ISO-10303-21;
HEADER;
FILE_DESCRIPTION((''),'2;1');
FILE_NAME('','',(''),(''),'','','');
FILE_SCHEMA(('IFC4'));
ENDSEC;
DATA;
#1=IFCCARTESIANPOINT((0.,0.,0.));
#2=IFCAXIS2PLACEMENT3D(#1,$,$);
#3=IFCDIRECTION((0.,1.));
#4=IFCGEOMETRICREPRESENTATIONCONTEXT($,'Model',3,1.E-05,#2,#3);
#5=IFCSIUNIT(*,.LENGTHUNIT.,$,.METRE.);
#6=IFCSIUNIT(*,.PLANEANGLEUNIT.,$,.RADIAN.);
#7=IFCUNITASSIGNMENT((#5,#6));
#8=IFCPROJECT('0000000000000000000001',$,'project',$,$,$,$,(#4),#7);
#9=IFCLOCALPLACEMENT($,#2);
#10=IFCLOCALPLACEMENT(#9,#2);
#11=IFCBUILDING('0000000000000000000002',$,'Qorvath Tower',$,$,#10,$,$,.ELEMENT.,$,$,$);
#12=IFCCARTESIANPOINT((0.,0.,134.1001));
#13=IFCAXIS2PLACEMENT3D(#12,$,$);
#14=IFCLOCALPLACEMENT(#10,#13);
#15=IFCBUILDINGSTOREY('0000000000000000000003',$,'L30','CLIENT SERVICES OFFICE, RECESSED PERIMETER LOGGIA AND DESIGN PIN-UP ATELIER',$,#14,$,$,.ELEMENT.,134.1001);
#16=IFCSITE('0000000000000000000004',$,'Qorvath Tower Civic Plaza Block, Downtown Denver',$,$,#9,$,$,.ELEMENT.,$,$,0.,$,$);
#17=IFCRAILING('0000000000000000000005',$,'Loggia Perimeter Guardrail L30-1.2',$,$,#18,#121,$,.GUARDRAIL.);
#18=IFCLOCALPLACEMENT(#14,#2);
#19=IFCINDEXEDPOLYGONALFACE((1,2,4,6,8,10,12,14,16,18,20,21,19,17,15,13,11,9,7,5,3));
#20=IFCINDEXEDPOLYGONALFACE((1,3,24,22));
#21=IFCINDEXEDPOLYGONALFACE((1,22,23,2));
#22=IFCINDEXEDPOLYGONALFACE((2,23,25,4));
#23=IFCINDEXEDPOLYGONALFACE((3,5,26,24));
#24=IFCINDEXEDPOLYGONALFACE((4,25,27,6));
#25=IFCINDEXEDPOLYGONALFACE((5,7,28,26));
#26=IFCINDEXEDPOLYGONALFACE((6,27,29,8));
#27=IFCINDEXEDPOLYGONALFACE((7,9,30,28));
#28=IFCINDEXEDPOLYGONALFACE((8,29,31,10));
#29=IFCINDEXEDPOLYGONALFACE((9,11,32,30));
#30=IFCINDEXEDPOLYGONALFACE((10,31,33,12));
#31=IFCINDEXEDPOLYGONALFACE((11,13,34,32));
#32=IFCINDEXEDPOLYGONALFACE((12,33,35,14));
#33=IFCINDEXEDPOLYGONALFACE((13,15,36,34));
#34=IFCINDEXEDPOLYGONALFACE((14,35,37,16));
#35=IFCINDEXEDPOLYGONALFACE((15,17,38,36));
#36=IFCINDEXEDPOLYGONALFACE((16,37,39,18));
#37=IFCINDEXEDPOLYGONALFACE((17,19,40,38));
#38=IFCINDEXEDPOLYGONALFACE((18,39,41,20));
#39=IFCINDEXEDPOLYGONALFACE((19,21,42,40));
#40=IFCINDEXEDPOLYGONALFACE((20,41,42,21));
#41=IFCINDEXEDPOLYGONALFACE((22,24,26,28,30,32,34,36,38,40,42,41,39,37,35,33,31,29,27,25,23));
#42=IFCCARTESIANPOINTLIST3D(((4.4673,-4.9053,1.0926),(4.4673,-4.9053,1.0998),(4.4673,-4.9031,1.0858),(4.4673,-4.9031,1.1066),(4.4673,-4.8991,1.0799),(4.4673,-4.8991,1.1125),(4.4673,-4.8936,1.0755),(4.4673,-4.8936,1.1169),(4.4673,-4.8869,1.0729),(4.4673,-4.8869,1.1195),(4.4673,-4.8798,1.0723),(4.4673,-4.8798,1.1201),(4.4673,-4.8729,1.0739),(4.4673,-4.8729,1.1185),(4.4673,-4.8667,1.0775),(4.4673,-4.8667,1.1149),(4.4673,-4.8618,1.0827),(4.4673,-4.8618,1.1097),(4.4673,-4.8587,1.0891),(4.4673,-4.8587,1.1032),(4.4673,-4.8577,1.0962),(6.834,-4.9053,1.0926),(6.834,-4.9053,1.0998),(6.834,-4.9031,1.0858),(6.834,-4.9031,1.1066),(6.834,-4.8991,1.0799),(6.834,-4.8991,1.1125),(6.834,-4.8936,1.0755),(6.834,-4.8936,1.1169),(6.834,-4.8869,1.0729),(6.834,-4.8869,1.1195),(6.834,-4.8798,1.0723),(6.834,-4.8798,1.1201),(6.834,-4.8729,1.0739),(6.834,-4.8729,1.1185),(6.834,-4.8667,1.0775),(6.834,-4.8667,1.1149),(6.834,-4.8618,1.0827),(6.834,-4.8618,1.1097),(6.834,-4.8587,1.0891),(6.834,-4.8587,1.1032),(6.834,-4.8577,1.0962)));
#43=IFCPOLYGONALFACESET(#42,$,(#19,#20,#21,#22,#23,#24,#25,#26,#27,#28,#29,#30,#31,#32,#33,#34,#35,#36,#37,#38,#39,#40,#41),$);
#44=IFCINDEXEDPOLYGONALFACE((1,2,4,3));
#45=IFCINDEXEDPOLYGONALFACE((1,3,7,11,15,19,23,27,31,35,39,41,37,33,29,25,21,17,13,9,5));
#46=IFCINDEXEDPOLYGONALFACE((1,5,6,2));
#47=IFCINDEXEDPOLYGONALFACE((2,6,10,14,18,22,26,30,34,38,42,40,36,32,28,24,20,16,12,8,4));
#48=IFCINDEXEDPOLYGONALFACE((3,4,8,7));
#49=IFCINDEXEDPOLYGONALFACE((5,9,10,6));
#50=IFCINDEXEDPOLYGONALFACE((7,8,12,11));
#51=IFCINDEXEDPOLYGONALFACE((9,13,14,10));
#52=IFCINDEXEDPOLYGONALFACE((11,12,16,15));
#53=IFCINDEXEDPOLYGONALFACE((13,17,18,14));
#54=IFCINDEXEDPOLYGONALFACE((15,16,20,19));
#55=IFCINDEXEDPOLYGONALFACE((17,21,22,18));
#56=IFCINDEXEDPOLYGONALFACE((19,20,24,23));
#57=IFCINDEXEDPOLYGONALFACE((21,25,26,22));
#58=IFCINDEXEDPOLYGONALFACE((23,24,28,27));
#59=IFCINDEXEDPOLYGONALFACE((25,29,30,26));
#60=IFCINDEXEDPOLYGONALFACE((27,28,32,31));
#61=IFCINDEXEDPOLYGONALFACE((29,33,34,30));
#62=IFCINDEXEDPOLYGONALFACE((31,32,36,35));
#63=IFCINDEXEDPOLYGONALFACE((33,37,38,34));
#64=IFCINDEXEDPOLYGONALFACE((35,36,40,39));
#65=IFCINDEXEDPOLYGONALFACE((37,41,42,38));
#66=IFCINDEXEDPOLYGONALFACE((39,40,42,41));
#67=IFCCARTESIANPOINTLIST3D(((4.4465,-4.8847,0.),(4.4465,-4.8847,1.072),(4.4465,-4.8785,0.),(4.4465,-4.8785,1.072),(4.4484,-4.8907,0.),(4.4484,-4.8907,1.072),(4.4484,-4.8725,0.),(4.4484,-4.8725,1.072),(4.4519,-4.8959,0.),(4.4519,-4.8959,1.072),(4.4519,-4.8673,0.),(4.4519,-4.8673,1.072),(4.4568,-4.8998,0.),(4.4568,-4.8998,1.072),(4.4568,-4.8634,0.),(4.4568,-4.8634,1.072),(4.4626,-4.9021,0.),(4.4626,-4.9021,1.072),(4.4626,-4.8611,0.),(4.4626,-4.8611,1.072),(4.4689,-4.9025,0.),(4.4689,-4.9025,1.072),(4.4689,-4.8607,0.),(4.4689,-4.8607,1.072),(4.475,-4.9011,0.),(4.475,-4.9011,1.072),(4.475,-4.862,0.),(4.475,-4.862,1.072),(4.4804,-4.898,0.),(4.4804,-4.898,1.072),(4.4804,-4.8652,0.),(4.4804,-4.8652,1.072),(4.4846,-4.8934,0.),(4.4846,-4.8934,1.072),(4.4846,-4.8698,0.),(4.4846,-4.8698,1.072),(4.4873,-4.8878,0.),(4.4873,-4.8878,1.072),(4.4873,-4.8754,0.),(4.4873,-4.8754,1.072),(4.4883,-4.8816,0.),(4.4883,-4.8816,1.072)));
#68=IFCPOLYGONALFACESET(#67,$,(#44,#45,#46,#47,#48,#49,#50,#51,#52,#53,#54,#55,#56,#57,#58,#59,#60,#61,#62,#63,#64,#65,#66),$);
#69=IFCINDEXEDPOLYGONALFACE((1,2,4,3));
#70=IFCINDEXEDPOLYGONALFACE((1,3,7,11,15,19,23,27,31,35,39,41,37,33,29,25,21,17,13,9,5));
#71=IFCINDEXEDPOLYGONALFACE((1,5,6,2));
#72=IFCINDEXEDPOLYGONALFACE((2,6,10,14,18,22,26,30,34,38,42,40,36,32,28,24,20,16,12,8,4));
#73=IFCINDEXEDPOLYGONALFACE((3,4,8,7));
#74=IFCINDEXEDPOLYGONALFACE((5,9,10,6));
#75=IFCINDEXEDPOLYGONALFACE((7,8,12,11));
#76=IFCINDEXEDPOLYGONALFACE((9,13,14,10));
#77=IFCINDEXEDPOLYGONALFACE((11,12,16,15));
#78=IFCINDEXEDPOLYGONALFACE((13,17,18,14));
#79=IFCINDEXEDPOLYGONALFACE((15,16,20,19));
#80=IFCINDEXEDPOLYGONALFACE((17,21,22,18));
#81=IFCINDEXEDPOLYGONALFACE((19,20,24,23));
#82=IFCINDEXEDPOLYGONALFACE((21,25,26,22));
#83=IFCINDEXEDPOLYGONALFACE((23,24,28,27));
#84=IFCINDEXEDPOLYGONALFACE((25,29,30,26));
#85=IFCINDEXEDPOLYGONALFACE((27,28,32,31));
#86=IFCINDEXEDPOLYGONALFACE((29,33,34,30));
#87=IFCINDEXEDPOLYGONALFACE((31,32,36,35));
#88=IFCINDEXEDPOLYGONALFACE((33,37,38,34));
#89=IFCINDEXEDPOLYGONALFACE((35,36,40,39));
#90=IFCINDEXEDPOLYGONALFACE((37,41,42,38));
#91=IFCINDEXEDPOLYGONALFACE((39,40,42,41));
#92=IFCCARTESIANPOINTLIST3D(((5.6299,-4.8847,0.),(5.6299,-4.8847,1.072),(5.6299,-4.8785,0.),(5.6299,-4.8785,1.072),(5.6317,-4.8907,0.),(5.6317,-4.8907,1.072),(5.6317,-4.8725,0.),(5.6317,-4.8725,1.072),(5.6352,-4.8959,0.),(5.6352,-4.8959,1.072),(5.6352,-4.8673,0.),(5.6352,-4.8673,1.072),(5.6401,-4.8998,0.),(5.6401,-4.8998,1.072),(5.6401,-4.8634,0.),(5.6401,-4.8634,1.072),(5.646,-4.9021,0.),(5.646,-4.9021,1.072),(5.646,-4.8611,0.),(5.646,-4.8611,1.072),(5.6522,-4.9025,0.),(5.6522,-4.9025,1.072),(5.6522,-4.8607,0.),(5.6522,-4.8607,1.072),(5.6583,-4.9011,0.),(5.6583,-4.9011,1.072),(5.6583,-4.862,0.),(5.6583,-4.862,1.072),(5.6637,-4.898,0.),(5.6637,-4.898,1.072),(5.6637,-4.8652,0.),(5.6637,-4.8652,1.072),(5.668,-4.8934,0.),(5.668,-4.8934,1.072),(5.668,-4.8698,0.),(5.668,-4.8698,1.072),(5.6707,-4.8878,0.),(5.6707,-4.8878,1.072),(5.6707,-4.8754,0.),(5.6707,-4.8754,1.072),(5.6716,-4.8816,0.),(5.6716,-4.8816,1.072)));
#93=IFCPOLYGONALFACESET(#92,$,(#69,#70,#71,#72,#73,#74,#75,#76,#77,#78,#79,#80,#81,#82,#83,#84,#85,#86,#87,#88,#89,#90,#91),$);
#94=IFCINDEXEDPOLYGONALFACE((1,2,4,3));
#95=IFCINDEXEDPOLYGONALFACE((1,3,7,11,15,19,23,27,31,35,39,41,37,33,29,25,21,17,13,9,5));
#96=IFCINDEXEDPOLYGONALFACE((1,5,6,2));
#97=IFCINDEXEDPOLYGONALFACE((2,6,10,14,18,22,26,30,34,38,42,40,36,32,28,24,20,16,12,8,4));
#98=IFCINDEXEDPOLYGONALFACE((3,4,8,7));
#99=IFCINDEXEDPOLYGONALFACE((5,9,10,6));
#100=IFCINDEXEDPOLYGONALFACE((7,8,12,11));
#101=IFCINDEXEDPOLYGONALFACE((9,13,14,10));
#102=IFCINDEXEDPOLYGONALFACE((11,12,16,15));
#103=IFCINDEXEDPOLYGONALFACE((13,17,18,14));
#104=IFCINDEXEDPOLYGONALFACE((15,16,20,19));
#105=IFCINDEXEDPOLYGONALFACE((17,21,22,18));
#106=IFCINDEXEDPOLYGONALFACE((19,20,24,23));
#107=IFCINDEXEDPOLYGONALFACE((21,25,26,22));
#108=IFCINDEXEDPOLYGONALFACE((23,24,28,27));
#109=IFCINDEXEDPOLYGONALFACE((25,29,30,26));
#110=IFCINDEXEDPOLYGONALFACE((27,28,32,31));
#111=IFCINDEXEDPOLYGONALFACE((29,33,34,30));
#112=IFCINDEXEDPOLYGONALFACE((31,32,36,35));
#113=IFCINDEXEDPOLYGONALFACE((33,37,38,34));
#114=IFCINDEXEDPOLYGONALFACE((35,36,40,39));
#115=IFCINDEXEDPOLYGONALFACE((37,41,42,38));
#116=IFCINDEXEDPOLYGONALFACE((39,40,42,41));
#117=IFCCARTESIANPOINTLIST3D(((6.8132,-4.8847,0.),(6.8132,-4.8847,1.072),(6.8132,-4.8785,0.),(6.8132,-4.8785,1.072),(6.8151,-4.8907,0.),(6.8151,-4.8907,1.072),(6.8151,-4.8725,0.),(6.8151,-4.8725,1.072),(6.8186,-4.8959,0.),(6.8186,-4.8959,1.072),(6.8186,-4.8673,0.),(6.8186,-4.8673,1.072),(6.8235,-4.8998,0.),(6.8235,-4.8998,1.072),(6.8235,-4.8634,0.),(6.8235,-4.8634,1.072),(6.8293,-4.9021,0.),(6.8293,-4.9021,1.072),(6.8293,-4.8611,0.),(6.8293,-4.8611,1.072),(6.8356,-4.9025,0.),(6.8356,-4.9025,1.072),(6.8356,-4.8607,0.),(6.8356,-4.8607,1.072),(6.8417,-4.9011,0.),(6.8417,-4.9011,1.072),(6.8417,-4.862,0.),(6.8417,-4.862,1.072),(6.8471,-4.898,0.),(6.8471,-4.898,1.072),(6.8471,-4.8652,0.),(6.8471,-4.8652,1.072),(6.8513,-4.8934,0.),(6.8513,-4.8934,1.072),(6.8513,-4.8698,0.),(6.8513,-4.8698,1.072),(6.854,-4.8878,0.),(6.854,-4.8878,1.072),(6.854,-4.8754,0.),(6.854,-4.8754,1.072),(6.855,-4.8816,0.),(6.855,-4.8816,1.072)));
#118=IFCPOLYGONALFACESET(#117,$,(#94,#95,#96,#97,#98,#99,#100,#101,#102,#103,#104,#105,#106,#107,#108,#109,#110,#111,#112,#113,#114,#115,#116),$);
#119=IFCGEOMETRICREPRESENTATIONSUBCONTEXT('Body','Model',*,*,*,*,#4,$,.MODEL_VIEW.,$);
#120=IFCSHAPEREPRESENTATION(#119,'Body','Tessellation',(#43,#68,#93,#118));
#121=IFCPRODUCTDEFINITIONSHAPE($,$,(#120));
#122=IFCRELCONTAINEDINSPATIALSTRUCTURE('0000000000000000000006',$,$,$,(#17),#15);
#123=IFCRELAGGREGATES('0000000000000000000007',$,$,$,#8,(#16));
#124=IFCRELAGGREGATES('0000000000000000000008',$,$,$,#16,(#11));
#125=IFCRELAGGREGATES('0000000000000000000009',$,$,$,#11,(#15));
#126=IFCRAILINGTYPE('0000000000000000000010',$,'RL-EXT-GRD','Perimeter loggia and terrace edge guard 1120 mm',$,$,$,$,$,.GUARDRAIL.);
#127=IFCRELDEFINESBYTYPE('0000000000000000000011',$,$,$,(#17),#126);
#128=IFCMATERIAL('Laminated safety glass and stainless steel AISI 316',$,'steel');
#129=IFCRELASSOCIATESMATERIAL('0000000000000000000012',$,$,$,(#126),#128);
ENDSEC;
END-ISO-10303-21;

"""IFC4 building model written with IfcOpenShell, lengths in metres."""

from ifc_helpers import new_model, si_unit, direction, frame, origin, origin_2d, place, context, subcontext, project, spatial, circle, extrude, material, type_object, element, save


model = new_model("IFC4")

# Units and contexts
model_context = context("Model", 3, precision=1e-05, world=origin(), true_north=direction((0.0, 1.0)))
body_context = subcontext(model_context, "Body", "Model", "MODEL_VIEW")
ifc_project = project(units=[si_unit("LENGTHUNIT", "METRE"), si_unit("PLANEANGLEUNIT", "RADIAN")], contexts=[model_context])

# Site, building, storey
site_placement = place(None, origin())
site = spatial("IfcSite", under=ifc_project, at=site_placement, Name="Qorvath Tower Civic Plaza Block, Downtown Denver", CompositionType="ELEMENT", RefElevation=0.0)
building_placement = place(site_placement, origin())
building = spatial("IfcBuilding", under=site, at=building_placement, Name="Qorvath Tower", CompositionType="ELEMENT")
storey_placement = place(building_placement, frame((0.0, 0.0, 134.1001)))
storey = spatial("IfcBuildingStorey", under=building, at=storey_placement, Name="L30", Description="CLIENT SERVICES OFFICE, RECESSED PERIMETER LOGGIA AND DESIGN PIN-UP ATELIER", CompositionType="ELEMENT", Elevation=134.1001)

# Railing
ifc_material_1 = material(Name="Laminated safety glass and stainless steel AISI 316", Category="steel")
railing_type = type_object("IfcRailingType", Name="RL-EXT-GRD", Description="Perimeter loggia and terrace edge guard 1120 mm", PredefinedType="GUARDRAIL", material=ifc_material_1)
railing_1_placement = place(storey_placement, frame((4.4673, -4.8816, 0.0)))
element("IfcRailing", 1, at=railing_1_placement, inside=storey, type_object=railing_type, Name="Loggia Perimeter Guardrail L30-1.2", PredefinedType="GUARDRAIL", context=body_context, shape_type="SweptSolid", body=[
    extrude(circle(Radius=0.0239, at=origin_2d()), frame((0.0, 0.0, 1.0962), z_axis=(1.0, 0.0, 0.0), x_axis=(0.0, 1.0, 0.0)), (0.0, 0.0, 1.0), 2.3667),
    extrude(circle(Radius=0.021, at=origin_2d()), origin(), (0.0, 0.0, 1.0), 1.072),
    extrude(circle(Radius=0.021, at=origin_2d()), frame((1.1833, 0.0, 0.0)), (0.0, 0.0, 1.0), 1.072),
    extrude(circle(Radius=0.021, at=origin_2d()), frame((2.3667, 0.0, 0.0)), (0.0, 0.0, 1.0), 1.072),
])

save(model, "model.ifc")
